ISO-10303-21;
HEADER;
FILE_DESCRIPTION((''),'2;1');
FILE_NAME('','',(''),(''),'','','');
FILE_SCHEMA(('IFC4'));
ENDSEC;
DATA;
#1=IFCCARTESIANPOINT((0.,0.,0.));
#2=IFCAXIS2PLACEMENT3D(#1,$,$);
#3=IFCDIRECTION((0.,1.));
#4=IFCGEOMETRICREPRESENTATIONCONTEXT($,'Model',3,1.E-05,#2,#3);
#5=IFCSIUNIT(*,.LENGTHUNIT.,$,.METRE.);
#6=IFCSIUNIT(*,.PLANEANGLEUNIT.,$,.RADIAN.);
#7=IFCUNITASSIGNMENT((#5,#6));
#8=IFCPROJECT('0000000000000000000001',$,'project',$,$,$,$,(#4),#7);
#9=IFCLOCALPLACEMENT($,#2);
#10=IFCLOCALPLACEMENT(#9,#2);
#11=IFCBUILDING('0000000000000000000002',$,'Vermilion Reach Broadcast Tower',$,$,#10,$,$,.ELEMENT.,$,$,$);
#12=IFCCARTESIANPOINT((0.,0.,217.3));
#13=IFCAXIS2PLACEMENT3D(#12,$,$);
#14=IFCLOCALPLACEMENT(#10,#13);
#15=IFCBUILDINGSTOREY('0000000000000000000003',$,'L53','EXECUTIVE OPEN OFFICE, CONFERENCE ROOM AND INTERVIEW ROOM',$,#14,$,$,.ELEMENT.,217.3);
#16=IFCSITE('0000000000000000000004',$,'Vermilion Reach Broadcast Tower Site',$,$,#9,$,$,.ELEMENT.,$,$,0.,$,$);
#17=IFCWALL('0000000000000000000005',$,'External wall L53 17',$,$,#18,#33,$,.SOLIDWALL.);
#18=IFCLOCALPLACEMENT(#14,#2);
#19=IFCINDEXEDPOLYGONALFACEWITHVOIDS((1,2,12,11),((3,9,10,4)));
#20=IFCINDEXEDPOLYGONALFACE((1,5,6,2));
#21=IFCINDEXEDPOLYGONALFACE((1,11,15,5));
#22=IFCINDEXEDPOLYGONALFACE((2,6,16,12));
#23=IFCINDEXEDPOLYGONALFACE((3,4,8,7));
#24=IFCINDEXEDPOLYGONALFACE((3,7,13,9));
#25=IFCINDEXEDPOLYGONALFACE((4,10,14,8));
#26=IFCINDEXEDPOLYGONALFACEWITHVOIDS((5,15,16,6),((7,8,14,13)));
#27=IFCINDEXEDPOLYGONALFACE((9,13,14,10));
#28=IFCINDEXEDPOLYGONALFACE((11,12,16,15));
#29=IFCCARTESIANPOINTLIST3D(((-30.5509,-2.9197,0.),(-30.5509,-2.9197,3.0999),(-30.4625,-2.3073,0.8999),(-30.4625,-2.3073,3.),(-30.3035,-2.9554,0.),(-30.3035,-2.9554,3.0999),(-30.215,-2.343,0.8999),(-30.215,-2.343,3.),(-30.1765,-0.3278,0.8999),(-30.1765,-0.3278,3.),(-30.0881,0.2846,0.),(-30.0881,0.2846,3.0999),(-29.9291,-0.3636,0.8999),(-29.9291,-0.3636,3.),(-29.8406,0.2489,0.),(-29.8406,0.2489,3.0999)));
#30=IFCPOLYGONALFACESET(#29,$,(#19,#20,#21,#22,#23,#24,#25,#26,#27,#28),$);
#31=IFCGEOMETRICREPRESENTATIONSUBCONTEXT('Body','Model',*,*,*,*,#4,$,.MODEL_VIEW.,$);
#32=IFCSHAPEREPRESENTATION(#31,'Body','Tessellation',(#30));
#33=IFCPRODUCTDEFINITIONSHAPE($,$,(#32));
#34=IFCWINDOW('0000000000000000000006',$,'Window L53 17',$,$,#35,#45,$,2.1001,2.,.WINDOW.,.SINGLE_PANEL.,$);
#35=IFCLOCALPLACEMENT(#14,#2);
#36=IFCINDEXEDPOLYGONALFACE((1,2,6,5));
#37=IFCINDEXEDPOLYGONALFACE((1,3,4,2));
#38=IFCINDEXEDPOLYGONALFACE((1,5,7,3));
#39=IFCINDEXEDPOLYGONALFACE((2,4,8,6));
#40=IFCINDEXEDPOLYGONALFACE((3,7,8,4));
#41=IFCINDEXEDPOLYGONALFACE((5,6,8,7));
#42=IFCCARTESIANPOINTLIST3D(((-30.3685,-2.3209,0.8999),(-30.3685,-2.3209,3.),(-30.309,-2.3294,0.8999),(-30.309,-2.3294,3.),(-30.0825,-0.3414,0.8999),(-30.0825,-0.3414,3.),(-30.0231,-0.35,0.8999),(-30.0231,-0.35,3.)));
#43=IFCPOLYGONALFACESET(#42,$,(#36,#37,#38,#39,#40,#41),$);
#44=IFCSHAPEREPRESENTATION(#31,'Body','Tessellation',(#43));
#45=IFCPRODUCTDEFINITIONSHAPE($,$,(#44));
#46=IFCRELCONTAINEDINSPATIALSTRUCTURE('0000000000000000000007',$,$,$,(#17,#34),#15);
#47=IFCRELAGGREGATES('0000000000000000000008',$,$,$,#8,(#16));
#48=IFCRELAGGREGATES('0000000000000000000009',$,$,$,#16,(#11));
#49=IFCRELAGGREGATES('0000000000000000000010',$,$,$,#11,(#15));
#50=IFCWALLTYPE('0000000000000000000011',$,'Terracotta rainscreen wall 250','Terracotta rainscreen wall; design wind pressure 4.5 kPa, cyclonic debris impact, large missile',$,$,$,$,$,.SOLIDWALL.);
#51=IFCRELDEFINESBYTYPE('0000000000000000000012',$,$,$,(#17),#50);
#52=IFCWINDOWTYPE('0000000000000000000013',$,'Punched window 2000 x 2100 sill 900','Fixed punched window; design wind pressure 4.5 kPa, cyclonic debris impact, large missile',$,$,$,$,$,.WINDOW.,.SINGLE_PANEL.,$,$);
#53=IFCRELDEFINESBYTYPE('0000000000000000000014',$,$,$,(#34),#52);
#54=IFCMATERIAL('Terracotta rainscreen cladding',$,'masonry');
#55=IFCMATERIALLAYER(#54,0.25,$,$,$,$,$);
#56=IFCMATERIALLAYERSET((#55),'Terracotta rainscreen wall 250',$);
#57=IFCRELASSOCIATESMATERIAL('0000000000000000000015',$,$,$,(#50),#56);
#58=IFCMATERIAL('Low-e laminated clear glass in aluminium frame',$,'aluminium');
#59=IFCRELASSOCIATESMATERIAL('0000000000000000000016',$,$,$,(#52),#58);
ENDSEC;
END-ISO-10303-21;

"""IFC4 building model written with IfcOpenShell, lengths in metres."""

from ifc_helpers import new_model, si_unit, direction, frame, frame_2d, origin, place, context, subcontext, project, spatial, rectangle, extrude, material, layer, layer_set, type_object, element, fill, save


model = new_model("IFC4")

# Units and contexts
model_context = context("Model", 3, precision=1e-05, world=origin(), true_north=direction((0.0, 1.0)))
body_context = subcontext(model_context, "Body", "Model", "MODEL_VIEW")
ifc_project = project(units=[si_unit("LENGTHUNIT", "METRE"), si_unit("PLANEANGLEUNIT", "RADIAN")], contexts=[model_context])

# Site, building, storey
site_placement = place(None, origin())
site = spatial("IfcSite", under=ifc_project, at=site_placement, Name="Vermilion Reach Broadcast Tower Site", CompositionType="ELEMENT", RefElevation=0.0)
building_placement = place(site_placement, origin())
building = spatial("IfcBuilding", under=site, at=building_placement, Name="Vermilion Reach Broadcast Tower", CompositionType="ELEMENT")
storey_placement = place(building_placement, frame((0.0, 0.0, 217.3)))
storey = spatial("IfcBuildingStorey", under=building, at=storey_placement, Name="L53", Description="EXECUTIVE OPEN OFFICE, CONFERENCE ROOM AND INTERVIEW ROOM", CompositionType="ELEMENT", Elevation=217.3)

# Shared definitions
ifc_material_1 = material(Name="Terracotta rainscreen cladding", Category="masonry")
ifc_layer_1 = layer(ifc_material_1, 0.25)
ifc_layer_set_1 = layer_set([ifc_layer_1], Name="Terracotta rainscreen wall 250")
wall_type_1 = type_object("IfcWallType", Name="Terracotta rainscreen wall 250", Description="Terracotta rainscreen wall; design wind pressure 4.5 kPa, cyclonic debris impact, large missile", PredefinedType="SOLIDWALL", material=ifc_layer_set_1)

# Shared definitions
ifc_material_2 = material(Name="Low-e laminated clear glass in aluminium frame", Category="aluminium")
window_type = type_object("IfcWindowType", Name="Punched window 2000 x 2100 sill 900", Description="Fixed punched window; design wind pressure 4.5 kPa, cyclonic debris impact, large missile", PartitioningType="SINGLE_PANEL", PredefinedType="WINDOW", material=ifc_material_2)

# Wall, opening, window
wall_1_placement = place(storey_placement, frame((-29.9644, 0.2666, 0.0), z_axis=(0.0, 0.0, 1.0), x_axis=(-0.142973, -0.989727, 0.0)))
wall_1 = element("IfcWall", 1, at=wall_1_placement, inside=storey, type_object=wall_type_1, Name="External wall L53 17", PredefinedType="SOLIDWALL", context=body_context, shape_type="SweptSolid", body=[
    extrude(rectangle(XDim=3.2375, YDim=0.25, at=frame_2d((1.6187, 0.0))), origin(), (0.0, 0.0, 1.0), 3.0999),
])
opening_1_placement = place(wall_1_placement, frame((0.6187, 0.0, 0.8999)))
opening_1 = element("IfcOpeningElement", 2, at=opening_1_placement, cuts=wall_1, PredefinedType="OPENING", context=body_context, shape_type="SweptSolid", body=[
    extrude(rectangle(XDim=2.0, YDim=2.1001, at=frame_2d((1.0, 1.05))), frame((0.0, 0.135, 0.0), z_axis=(0.0, -1.0, 0.0), x_axis=(1.0, 0.0, 0.0)), (0.0, 0.0, 1.0), 0.27),
])
window_1_placement = place(opening_1_placement, origin())
window_1 = element("IfcWindow", 3, at=window_1_placement, inside=storey, type_object=window_type, Name="Window L53 17", OverallHeight=2.1001, OverallWidth=2.0, PartitioningType="SINGLE_PANEL", PredefinedType="WINDOW", context=body_context, shape_type="SweptSolid", body=[
    extrude(rectangle(XDim=2.0, YDim=2.1001, at=frame_2d((1.0, 1.05))), frame((0.0, 0.03, 0.0), z_axis=(0.0, -1.0, 0.0), x_axis=(1.0, 0.0, 0.0)), (0.0, 0.0, 1.0), 0.0601),
])
fill(opening_1, window_1)

save(model, "model.ifc")
